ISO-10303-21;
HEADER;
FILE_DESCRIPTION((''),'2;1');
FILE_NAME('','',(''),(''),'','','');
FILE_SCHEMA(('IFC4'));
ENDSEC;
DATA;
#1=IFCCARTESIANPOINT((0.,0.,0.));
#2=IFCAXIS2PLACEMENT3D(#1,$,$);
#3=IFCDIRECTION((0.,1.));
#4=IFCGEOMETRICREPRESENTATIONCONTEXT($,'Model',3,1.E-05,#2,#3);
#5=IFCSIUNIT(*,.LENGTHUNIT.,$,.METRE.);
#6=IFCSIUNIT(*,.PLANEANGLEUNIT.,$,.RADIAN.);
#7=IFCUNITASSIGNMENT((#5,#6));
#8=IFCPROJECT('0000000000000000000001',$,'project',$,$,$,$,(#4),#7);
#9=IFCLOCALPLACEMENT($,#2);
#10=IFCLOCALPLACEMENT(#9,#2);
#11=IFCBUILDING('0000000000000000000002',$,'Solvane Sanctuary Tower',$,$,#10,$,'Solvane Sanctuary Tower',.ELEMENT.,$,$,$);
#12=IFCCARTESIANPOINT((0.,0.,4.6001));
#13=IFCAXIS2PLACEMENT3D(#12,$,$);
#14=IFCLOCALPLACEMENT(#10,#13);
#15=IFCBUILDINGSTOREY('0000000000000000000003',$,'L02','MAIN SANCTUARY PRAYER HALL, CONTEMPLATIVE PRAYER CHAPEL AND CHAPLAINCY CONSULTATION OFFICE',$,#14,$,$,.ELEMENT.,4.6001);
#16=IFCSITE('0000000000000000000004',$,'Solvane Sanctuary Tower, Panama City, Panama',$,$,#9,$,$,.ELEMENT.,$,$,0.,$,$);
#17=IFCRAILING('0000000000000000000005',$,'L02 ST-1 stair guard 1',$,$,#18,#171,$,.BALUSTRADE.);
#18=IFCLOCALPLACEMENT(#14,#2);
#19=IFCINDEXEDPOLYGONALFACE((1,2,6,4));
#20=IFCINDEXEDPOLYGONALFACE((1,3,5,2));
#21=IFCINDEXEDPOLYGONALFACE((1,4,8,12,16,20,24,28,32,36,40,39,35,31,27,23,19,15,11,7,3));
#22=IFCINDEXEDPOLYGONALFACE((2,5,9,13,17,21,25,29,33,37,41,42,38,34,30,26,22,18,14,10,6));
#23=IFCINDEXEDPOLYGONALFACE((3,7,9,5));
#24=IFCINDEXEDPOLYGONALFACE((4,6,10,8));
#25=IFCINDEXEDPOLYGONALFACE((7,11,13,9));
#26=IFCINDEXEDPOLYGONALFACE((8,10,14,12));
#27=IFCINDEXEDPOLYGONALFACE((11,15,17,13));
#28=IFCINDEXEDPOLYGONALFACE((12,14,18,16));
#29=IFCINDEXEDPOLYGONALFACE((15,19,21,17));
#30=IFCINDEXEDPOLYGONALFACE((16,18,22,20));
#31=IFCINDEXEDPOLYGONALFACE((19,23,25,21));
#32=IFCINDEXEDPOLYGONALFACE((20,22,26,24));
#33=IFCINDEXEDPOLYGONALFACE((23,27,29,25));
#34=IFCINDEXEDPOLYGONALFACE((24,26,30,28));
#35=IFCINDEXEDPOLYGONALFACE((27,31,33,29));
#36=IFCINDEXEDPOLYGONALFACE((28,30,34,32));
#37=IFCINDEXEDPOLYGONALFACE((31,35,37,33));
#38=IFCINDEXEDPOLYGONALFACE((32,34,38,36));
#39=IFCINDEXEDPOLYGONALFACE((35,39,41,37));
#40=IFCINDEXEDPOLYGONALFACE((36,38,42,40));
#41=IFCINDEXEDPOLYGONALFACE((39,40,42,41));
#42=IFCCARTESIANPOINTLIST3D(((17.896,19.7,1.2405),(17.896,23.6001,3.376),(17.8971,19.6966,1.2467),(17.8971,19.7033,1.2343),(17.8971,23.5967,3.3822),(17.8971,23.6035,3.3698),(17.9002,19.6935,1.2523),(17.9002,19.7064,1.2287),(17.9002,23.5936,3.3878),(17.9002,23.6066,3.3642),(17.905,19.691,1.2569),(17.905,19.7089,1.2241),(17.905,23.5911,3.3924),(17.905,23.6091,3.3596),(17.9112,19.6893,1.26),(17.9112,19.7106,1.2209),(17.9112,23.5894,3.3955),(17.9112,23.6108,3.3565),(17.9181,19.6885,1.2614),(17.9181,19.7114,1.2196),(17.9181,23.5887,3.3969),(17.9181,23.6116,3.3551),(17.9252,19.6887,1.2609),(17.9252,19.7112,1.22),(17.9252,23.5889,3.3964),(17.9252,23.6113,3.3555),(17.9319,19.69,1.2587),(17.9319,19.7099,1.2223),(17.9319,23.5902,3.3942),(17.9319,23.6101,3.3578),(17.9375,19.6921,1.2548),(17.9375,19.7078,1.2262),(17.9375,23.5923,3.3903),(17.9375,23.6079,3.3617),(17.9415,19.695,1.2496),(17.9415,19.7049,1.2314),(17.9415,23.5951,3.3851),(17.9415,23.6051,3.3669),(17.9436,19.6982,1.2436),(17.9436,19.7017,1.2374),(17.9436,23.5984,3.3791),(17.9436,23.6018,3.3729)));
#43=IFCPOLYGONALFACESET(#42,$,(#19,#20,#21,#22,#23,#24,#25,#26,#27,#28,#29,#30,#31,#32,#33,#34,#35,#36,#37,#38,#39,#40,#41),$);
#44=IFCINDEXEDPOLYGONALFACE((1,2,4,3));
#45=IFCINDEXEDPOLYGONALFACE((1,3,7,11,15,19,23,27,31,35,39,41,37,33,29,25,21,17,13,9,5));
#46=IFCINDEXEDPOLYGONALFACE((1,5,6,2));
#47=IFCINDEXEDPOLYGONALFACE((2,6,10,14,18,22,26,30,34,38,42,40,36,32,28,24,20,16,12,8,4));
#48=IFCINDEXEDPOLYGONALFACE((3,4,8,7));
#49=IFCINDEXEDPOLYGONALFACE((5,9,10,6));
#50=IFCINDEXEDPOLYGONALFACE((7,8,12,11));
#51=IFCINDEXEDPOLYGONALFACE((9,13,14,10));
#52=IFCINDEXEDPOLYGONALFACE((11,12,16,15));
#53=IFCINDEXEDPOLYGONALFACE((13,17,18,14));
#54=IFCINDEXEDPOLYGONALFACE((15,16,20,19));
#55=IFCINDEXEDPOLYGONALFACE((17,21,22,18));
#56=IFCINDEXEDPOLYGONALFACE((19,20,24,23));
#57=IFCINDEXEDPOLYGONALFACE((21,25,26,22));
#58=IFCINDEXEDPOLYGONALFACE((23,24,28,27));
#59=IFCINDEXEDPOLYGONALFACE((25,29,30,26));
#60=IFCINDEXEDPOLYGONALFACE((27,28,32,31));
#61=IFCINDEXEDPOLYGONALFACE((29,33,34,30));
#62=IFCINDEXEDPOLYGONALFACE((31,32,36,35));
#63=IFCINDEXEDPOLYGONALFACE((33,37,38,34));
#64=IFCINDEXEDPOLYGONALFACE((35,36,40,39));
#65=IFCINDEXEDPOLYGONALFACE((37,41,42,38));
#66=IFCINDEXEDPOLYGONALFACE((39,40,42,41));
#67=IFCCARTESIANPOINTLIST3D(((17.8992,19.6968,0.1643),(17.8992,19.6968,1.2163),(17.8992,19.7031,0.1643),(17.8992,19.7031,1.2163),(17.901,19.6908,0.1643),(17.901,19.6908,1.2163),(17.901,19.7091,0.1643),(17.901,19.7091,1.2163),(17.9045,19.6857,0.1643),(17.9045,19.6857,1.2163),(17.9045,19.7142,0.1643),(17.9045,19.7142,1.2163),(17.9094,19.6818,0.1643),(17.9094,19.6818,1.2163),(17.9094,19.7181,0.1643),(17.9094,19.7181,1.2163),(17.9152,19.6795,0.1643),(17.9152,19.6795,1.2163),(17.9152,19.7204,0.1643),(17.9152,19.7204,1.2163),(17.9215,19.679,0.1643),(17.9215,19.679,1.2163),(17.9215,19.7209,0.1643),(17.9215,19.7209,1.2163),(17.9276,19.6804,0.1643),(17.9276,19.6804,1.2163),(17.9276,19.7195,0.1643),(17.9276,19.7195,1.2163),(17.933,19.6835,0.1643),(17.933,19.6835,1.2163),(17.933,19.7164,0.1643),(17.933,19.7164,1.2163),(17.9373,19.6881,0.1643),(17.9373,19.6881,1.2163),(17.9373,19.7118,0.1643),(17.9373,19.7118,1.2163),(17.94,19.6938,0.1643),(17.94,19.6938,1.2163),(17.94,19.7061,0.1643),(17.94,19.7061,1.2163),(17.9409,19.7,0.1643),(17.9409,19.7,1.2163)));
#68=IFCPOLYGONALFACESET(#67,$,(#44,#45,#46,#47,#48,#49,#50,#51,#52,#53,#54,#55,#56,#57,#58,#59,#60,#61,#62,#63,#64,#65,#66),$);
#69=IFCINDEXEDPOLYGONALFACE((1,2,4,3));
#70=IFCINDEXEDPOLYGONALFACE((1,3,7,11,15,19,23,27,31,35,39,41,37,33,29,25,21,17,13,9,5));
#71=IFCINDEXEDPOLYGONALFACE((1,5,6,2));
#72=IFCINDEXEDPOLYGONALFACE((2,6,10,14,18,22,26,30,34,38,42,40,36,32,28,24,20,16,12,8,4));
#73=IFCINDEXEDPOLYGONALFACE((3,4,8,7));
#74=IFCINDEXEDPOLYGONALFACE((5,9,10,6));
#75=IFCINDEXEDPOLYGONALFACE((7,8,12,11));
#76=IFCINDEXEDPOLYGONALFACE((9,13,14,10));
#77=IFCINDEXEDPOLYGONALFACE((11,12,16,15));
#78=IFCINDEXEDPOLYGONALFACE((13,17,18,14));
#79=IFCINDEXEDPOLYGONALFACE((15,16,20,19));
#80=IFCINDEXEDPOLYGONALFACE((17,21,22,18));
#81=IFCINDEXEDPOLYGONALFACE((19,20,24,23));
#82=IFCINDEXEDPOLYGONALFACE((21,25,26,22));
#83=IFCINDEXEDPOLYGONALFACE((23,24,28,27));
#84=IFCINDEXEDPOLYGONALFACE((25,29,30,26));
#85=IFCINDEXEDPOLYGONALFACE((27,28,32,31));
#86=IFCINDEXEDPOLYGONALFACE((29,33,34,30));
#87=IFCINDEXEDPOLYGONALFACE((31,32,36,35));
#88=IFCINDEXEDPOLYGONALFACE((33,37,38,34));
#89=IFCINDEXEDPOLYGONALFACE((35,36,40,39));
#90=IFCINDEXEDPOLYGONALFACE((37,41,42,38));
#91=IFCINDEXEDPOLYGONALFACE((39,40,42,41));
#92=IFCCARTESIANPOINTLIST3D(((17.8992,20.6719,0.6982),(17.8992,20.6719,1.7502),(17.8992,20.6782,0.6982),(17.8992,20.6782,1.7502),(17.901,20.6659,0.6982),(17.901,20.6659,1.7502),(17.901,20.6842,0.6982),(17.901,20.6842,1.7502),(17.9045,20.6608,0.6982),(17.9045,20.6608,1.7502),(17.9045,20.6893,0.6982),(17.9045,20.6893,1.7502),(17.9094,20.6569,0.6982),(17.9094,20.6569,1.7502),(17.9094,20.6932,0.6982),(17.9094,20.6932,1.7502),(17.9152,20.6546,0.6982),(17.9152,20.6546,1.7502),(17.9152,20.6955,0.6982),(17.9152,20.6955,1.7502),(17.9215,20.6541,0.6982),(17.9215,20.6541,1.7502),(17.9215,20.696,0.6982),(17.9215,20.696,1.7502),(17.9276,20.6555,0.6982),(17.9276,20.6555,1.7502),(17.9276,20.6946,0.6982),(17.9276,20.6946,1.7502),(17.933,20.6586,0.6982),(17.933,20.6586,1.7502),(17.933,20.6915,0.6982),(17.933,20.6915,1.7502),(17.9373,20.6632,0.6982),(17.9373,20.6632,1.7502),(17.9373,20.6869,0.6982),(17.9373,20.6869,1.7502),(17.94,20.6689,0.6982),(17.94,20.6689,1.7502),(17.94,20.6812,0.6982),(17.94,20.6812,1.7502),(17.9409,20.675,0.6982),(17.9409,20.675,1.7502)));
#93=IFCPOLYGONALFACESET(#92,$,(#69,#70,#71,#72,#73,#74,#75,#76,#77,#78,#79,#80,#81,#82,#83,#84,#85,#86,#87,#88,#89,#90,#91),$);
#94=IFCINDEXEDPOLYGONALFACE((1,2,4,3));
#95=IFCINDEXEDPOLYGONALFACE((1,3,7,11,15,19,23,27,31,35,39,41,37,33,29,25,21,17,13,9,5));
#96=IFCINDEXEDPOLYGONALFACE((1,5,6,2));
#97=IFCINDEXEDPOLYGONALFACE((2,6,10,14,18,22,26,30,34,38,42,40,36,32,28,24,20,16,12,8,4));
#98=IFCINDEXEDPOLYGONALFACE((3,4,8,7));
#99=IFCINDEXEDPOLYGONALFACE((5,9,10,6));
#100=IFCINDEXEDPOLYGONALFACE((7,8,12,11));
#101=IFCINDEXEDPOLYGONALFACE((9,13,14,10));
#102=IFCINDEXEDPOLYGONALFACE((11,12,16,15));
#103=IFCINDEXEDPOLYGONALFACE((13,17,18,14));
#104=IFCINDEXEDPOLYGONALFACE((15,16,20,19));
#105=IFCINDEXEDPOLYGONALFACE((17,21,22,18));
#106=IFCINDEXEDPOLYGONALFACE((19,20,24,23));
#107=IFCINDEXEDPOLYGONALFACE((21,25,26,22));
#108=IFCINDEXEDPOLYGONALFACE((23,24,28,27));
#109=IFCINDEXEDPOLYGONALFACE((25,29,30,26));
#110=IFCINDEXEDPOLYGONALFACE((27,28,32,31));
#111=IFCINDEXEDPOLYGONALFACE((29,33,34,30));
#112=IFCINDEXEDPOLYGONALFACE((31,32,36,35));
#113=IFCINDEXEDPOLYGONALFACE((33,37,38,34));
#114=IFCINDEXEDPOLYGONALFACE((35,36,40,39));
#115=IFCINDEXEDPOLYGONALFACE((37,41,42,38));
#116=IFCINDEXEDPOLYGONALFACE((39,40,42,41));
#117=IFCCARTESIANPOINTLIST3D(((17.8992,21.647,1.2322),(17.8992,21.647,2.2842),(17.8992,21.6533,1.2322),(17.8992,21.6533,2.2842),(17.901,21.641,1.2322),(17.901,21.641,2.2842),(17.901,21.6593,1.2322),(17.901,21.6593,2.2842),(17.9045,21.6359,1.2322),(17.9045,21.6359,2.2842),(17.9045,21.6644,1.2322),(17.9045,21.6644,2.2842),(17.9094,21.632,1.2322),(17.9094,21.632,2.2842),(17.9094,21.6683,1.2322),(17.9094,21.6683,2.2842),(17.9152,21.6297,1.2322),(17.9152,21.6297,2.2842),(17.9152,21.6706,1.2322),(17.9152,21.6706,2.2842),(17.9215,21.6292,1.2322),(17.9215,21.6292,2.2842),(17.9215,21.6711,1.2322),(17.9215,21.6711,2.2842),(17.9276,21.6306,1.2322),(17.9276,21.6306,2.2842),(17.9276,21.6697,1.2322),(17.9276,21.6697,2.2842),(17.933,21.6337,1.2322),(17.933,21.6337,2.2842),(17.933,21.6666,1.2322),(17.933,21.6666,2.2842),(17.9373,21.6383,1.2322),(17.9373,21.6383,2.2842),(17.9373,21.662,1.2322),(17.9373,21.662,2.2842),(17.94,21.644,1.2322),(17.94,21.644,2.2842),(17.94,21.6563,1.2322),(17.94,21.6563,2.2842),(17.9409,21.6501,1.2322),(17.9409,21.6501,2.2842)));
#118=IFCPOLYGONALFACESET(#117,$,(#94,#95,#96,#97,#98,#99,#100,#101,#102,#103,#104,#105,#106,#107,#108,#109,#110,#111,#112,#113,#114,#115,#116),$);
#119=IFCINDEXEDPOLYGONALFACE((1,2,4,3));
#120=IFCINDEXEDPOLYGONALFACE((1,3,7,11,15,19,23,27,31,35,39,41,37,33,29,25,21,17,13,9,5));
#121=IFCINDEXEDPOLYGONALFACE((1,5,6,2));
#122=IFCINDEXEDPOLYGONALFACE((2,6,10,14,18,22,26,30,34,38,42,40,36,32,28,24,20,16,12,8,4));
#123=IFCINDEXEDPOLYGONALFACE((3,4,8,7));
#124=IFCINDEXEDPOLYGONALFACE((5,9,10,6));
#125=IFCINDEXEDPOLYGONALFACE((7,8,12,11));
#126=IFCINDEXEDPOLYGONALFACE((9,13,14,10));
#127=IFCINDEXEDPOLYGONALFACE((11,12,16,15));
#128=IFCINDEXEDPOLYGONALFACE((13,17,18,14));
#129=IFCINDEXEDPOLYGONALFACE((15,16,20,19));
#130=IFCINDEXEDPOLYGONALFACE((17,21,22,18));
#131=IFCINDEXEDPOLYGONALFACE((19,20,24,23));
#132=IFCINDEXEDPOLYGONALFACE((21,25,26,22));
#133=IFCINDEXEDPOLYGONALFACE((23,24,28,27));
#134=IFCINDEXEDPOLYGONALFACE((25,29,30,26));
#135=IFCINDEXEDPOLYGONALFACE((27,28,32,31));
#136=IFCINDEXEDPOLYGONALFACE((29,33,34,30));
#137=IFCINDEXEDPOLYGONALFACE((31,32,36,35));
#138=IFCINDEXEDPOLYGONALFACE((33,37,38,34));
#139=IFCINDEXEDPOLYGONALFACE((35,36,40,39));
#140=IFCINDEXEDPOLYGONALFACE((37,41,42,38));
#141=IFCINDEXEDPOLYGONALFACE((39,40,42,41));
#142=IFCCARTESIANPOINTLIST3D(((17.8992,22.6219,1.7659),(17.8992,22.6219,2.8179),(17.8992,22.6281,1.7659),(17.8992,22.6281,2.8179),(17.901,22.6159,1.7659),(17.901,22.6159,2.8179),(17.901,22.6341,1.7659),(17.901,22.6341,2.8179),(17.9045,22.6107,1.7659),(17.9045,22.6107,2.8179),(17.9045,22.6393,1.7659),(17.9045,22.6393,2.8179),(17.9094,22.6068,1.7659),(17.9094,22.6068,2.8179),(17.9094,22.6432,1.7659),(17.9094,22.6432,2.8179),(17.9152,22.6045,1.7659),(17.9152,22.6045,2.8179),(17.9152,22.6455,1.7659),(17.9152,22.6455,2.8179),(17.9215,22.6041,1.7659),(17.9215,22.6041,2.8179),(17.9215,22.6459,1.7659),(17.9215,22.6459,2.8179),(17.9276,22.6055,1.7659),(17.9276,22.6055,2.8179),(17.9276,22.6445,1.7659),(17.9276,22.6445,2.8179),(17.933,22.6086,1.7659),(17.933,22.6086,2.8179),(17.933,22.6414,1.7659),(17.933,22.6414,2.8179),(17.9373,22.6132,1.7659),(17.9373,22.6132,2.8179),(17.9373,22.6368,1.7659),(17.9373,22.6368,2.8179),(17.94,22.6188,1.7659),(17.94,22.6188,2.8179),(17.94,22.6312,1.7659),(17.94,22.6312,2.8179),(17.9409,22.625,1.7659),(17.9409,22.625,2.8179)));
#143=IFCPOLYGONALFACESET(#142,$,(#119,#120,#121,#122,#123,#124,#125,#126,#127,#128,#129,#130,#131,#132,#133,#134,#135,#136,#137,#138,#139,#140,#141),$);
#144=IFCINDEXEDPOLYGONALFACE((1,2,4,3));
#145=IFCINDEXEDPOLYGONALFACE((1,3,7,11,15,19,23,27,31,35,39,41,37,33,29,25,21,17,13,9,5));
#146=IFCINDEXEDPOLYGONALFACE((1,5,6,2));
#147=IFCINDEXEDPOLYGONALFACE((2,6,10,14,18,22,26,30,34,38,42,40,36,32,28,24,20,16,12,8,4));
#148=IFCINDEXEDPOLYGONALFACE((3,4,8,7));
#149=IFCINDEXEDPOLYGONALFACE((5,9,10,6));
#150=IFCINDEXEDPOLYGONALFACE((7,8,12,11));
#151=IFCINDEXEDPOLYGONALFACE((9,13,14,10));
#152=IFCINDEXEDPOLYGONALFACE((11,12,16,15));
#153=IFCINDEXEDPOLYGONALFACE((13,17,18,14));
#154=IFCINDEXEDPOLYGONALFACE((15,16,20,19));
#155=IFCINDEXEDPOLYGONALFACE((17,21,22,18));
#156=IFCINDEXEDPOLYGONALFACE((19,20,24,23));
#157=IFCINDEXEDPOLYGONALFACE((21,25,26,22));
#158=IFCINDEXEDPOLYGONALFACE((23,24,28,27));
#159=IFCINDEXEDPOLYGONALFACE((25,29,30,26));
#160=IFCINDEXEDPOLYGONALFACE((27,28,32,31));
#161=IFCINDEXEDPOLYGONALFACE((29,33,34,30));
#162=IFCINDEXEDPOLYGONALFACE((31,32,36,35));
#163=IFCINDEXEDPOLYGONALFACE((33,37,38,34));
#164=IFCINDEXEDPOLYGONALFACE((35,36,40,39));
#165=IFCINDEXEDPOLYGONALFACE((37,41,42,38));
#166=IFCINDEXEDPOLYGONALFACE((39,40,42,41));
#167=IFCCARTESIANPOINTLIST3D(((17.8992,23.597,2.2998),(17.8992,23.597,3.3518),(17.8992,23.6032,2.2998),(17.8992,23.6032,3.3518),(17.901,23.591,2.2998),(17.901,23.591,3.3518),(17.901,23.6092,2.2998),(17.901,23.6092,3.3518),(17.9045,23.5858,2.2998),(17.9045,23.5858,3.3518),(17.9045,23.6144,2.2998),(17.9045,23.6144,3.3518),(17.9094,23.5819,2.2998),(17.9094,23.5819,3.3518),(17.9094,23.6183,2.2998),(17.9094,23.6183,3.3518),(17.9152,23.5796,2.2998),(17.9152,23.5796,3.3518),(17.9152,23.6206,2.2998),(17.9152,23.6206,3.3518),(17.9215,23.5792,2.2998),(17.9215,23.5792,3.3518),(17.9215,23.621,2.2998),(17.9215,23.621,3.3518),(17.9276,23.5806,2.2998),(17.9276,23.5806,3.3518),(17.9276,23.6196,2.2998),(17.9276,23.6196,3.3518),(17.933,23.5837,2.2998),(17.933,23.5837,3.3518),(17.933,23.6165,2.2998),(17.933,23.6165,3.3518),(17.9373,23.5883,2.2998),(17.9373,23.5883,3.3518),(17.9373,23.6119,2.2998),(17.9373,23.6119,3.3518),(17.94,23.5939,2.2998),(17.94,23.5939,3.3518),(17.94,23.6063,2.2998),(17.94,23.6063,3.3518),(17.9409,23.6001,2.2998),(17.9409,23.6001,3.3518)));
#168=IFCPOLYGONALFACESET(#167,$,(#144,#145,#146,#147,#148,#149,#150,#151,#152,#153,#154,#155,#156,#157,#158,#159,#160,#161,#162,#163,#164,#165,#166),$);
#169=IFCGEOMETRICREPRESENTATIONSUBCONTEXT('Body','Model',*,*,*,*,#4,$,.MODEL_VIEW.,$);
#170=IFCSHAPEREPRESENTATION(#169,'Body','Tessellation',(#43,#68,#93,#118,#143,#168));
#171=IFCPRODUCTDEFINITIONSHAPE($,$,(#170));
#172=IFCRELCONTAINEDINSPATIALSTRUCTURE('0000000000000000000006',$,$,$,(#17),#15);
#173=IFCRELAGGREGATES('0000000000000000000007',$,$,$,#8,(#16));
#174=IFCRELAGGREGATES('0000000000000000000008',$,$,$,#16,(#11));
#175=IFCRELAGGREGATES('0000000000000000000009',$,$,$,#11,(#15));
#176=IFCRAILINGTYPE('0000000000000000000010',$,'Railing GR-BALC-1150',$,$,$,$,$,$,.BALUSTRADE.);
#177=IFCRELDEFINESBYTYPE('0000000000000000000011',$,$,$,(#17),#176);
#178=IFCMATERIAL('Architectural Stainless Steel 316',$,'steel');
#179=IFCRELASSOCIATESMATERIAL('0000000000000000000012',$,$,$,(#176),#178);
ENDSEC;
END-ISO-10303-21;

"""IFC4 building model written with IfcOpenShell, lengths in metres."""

from ifc_helpers import new_model, si_unit, direction, frame, origin, origin_2d, place, context, subcontext, project, spatial, circle, extrude, material, type_object, element, save


model = new_model("IFC4")

# Units and contexts
model_context = context("Model", 3, precision=1e-05, world=origin(), true_north=direction((0.0, 1.0)))
body_context = subcontext(model_context, "Body", "Model", "MODEL_VIEW")
ifc_project = project(units=[si_unit("LENGTHUNIT", "METRE"), si_unit("PLANEANGLEUNIT", "RADIAN")], contexts=[model_context])

# Site, building, storey
site_placement = place(None, origin())
site = spatial("IfcSite", under=ifc_project, at=site_placement, Name="Solvane Sanctuary Tower, Panama City, Panama", CompositionType="ELEMENT", RefElevation=0.0)
building_placement = place(site_placement, origin())
building = spatial("IfcBuilding", under=site, at=building_placement, Name="Solvane Sanctuary Tower", LongName="Solvane Sanctuary Tower", CompositionType="ELEMENT")
storey_placement = place(building_placement, frame((0.0, 0.0, 4.6001)))
storey = spatial("IfcBuildingStorey", under=building, at=storey_placement, Name="L02", Description="MAIN SANCTUARY PRAYER HALL, CONTEMPLATIVE PRAYER CHAPEL AND CHAPLAINCY CONSULTATION OFFICE", CompositionType="ELEMENT", Elevation=4.6001)

# Shared definitions
ifc_material_1 = material(Name="Architectural Stainless Steel 316", Category="steel")

# Railing
railing_type_1 = type_object("IfcRailingType", Name="Railing GR-BALC-1150", PredefinedType="BALUSTRADE", material=ifc_material_1)
railing_1_placement = place(storey_placement, frame((17.9199, 19.7, 0.1643)))
element("IfcRailing", 1, at=railing_1_placement, inside=storey, type_object=railing_type_1, Name="L02 ST-1 stair guard 1", PredefinedType="BALUSTRADE", context=body_context, shape_type="SweptSolid", body=[
    extrude(circle(Radius=0.0239, at=origin_2d()), frame((0.0, 0.0, 1.0762), z_axis=(0.0, 0.877124, 0.480263), x_axis=(-1.0, 0.0, 0.0)), (0.0, 0.0, 1.0), 4.4465),
    extrude(circle(Radius=0.021, at=origin_2d()), origin(), (0.0, 0.0, 1.0), 1.052),
    extrude(circle(Radius=0.021, at=origin_2d()), frame((0.0, 0.9751, 0.5339)), (0.0, 0.0, 1.0), 1.052),
    extrude(circle(Radius=0.021, at=origin_2d()), frame((0.0, 1.9502, 1.0679)), (0.0, 0.0, 1.0), 1.052),
    extrude(circle(Radius=0.021, at=origin_2d()), frame((0.0, 2.925, 1.6016)), (0.0, 0.0, 1.0), 1.052),
    extrude(circle(Radius=0.021, at=origin_2d()), frame((0.0, 3.9001, 2.1355)), (0.0, 0.0, 1.0), 1.052),
])

save(model, "model.ifc")
